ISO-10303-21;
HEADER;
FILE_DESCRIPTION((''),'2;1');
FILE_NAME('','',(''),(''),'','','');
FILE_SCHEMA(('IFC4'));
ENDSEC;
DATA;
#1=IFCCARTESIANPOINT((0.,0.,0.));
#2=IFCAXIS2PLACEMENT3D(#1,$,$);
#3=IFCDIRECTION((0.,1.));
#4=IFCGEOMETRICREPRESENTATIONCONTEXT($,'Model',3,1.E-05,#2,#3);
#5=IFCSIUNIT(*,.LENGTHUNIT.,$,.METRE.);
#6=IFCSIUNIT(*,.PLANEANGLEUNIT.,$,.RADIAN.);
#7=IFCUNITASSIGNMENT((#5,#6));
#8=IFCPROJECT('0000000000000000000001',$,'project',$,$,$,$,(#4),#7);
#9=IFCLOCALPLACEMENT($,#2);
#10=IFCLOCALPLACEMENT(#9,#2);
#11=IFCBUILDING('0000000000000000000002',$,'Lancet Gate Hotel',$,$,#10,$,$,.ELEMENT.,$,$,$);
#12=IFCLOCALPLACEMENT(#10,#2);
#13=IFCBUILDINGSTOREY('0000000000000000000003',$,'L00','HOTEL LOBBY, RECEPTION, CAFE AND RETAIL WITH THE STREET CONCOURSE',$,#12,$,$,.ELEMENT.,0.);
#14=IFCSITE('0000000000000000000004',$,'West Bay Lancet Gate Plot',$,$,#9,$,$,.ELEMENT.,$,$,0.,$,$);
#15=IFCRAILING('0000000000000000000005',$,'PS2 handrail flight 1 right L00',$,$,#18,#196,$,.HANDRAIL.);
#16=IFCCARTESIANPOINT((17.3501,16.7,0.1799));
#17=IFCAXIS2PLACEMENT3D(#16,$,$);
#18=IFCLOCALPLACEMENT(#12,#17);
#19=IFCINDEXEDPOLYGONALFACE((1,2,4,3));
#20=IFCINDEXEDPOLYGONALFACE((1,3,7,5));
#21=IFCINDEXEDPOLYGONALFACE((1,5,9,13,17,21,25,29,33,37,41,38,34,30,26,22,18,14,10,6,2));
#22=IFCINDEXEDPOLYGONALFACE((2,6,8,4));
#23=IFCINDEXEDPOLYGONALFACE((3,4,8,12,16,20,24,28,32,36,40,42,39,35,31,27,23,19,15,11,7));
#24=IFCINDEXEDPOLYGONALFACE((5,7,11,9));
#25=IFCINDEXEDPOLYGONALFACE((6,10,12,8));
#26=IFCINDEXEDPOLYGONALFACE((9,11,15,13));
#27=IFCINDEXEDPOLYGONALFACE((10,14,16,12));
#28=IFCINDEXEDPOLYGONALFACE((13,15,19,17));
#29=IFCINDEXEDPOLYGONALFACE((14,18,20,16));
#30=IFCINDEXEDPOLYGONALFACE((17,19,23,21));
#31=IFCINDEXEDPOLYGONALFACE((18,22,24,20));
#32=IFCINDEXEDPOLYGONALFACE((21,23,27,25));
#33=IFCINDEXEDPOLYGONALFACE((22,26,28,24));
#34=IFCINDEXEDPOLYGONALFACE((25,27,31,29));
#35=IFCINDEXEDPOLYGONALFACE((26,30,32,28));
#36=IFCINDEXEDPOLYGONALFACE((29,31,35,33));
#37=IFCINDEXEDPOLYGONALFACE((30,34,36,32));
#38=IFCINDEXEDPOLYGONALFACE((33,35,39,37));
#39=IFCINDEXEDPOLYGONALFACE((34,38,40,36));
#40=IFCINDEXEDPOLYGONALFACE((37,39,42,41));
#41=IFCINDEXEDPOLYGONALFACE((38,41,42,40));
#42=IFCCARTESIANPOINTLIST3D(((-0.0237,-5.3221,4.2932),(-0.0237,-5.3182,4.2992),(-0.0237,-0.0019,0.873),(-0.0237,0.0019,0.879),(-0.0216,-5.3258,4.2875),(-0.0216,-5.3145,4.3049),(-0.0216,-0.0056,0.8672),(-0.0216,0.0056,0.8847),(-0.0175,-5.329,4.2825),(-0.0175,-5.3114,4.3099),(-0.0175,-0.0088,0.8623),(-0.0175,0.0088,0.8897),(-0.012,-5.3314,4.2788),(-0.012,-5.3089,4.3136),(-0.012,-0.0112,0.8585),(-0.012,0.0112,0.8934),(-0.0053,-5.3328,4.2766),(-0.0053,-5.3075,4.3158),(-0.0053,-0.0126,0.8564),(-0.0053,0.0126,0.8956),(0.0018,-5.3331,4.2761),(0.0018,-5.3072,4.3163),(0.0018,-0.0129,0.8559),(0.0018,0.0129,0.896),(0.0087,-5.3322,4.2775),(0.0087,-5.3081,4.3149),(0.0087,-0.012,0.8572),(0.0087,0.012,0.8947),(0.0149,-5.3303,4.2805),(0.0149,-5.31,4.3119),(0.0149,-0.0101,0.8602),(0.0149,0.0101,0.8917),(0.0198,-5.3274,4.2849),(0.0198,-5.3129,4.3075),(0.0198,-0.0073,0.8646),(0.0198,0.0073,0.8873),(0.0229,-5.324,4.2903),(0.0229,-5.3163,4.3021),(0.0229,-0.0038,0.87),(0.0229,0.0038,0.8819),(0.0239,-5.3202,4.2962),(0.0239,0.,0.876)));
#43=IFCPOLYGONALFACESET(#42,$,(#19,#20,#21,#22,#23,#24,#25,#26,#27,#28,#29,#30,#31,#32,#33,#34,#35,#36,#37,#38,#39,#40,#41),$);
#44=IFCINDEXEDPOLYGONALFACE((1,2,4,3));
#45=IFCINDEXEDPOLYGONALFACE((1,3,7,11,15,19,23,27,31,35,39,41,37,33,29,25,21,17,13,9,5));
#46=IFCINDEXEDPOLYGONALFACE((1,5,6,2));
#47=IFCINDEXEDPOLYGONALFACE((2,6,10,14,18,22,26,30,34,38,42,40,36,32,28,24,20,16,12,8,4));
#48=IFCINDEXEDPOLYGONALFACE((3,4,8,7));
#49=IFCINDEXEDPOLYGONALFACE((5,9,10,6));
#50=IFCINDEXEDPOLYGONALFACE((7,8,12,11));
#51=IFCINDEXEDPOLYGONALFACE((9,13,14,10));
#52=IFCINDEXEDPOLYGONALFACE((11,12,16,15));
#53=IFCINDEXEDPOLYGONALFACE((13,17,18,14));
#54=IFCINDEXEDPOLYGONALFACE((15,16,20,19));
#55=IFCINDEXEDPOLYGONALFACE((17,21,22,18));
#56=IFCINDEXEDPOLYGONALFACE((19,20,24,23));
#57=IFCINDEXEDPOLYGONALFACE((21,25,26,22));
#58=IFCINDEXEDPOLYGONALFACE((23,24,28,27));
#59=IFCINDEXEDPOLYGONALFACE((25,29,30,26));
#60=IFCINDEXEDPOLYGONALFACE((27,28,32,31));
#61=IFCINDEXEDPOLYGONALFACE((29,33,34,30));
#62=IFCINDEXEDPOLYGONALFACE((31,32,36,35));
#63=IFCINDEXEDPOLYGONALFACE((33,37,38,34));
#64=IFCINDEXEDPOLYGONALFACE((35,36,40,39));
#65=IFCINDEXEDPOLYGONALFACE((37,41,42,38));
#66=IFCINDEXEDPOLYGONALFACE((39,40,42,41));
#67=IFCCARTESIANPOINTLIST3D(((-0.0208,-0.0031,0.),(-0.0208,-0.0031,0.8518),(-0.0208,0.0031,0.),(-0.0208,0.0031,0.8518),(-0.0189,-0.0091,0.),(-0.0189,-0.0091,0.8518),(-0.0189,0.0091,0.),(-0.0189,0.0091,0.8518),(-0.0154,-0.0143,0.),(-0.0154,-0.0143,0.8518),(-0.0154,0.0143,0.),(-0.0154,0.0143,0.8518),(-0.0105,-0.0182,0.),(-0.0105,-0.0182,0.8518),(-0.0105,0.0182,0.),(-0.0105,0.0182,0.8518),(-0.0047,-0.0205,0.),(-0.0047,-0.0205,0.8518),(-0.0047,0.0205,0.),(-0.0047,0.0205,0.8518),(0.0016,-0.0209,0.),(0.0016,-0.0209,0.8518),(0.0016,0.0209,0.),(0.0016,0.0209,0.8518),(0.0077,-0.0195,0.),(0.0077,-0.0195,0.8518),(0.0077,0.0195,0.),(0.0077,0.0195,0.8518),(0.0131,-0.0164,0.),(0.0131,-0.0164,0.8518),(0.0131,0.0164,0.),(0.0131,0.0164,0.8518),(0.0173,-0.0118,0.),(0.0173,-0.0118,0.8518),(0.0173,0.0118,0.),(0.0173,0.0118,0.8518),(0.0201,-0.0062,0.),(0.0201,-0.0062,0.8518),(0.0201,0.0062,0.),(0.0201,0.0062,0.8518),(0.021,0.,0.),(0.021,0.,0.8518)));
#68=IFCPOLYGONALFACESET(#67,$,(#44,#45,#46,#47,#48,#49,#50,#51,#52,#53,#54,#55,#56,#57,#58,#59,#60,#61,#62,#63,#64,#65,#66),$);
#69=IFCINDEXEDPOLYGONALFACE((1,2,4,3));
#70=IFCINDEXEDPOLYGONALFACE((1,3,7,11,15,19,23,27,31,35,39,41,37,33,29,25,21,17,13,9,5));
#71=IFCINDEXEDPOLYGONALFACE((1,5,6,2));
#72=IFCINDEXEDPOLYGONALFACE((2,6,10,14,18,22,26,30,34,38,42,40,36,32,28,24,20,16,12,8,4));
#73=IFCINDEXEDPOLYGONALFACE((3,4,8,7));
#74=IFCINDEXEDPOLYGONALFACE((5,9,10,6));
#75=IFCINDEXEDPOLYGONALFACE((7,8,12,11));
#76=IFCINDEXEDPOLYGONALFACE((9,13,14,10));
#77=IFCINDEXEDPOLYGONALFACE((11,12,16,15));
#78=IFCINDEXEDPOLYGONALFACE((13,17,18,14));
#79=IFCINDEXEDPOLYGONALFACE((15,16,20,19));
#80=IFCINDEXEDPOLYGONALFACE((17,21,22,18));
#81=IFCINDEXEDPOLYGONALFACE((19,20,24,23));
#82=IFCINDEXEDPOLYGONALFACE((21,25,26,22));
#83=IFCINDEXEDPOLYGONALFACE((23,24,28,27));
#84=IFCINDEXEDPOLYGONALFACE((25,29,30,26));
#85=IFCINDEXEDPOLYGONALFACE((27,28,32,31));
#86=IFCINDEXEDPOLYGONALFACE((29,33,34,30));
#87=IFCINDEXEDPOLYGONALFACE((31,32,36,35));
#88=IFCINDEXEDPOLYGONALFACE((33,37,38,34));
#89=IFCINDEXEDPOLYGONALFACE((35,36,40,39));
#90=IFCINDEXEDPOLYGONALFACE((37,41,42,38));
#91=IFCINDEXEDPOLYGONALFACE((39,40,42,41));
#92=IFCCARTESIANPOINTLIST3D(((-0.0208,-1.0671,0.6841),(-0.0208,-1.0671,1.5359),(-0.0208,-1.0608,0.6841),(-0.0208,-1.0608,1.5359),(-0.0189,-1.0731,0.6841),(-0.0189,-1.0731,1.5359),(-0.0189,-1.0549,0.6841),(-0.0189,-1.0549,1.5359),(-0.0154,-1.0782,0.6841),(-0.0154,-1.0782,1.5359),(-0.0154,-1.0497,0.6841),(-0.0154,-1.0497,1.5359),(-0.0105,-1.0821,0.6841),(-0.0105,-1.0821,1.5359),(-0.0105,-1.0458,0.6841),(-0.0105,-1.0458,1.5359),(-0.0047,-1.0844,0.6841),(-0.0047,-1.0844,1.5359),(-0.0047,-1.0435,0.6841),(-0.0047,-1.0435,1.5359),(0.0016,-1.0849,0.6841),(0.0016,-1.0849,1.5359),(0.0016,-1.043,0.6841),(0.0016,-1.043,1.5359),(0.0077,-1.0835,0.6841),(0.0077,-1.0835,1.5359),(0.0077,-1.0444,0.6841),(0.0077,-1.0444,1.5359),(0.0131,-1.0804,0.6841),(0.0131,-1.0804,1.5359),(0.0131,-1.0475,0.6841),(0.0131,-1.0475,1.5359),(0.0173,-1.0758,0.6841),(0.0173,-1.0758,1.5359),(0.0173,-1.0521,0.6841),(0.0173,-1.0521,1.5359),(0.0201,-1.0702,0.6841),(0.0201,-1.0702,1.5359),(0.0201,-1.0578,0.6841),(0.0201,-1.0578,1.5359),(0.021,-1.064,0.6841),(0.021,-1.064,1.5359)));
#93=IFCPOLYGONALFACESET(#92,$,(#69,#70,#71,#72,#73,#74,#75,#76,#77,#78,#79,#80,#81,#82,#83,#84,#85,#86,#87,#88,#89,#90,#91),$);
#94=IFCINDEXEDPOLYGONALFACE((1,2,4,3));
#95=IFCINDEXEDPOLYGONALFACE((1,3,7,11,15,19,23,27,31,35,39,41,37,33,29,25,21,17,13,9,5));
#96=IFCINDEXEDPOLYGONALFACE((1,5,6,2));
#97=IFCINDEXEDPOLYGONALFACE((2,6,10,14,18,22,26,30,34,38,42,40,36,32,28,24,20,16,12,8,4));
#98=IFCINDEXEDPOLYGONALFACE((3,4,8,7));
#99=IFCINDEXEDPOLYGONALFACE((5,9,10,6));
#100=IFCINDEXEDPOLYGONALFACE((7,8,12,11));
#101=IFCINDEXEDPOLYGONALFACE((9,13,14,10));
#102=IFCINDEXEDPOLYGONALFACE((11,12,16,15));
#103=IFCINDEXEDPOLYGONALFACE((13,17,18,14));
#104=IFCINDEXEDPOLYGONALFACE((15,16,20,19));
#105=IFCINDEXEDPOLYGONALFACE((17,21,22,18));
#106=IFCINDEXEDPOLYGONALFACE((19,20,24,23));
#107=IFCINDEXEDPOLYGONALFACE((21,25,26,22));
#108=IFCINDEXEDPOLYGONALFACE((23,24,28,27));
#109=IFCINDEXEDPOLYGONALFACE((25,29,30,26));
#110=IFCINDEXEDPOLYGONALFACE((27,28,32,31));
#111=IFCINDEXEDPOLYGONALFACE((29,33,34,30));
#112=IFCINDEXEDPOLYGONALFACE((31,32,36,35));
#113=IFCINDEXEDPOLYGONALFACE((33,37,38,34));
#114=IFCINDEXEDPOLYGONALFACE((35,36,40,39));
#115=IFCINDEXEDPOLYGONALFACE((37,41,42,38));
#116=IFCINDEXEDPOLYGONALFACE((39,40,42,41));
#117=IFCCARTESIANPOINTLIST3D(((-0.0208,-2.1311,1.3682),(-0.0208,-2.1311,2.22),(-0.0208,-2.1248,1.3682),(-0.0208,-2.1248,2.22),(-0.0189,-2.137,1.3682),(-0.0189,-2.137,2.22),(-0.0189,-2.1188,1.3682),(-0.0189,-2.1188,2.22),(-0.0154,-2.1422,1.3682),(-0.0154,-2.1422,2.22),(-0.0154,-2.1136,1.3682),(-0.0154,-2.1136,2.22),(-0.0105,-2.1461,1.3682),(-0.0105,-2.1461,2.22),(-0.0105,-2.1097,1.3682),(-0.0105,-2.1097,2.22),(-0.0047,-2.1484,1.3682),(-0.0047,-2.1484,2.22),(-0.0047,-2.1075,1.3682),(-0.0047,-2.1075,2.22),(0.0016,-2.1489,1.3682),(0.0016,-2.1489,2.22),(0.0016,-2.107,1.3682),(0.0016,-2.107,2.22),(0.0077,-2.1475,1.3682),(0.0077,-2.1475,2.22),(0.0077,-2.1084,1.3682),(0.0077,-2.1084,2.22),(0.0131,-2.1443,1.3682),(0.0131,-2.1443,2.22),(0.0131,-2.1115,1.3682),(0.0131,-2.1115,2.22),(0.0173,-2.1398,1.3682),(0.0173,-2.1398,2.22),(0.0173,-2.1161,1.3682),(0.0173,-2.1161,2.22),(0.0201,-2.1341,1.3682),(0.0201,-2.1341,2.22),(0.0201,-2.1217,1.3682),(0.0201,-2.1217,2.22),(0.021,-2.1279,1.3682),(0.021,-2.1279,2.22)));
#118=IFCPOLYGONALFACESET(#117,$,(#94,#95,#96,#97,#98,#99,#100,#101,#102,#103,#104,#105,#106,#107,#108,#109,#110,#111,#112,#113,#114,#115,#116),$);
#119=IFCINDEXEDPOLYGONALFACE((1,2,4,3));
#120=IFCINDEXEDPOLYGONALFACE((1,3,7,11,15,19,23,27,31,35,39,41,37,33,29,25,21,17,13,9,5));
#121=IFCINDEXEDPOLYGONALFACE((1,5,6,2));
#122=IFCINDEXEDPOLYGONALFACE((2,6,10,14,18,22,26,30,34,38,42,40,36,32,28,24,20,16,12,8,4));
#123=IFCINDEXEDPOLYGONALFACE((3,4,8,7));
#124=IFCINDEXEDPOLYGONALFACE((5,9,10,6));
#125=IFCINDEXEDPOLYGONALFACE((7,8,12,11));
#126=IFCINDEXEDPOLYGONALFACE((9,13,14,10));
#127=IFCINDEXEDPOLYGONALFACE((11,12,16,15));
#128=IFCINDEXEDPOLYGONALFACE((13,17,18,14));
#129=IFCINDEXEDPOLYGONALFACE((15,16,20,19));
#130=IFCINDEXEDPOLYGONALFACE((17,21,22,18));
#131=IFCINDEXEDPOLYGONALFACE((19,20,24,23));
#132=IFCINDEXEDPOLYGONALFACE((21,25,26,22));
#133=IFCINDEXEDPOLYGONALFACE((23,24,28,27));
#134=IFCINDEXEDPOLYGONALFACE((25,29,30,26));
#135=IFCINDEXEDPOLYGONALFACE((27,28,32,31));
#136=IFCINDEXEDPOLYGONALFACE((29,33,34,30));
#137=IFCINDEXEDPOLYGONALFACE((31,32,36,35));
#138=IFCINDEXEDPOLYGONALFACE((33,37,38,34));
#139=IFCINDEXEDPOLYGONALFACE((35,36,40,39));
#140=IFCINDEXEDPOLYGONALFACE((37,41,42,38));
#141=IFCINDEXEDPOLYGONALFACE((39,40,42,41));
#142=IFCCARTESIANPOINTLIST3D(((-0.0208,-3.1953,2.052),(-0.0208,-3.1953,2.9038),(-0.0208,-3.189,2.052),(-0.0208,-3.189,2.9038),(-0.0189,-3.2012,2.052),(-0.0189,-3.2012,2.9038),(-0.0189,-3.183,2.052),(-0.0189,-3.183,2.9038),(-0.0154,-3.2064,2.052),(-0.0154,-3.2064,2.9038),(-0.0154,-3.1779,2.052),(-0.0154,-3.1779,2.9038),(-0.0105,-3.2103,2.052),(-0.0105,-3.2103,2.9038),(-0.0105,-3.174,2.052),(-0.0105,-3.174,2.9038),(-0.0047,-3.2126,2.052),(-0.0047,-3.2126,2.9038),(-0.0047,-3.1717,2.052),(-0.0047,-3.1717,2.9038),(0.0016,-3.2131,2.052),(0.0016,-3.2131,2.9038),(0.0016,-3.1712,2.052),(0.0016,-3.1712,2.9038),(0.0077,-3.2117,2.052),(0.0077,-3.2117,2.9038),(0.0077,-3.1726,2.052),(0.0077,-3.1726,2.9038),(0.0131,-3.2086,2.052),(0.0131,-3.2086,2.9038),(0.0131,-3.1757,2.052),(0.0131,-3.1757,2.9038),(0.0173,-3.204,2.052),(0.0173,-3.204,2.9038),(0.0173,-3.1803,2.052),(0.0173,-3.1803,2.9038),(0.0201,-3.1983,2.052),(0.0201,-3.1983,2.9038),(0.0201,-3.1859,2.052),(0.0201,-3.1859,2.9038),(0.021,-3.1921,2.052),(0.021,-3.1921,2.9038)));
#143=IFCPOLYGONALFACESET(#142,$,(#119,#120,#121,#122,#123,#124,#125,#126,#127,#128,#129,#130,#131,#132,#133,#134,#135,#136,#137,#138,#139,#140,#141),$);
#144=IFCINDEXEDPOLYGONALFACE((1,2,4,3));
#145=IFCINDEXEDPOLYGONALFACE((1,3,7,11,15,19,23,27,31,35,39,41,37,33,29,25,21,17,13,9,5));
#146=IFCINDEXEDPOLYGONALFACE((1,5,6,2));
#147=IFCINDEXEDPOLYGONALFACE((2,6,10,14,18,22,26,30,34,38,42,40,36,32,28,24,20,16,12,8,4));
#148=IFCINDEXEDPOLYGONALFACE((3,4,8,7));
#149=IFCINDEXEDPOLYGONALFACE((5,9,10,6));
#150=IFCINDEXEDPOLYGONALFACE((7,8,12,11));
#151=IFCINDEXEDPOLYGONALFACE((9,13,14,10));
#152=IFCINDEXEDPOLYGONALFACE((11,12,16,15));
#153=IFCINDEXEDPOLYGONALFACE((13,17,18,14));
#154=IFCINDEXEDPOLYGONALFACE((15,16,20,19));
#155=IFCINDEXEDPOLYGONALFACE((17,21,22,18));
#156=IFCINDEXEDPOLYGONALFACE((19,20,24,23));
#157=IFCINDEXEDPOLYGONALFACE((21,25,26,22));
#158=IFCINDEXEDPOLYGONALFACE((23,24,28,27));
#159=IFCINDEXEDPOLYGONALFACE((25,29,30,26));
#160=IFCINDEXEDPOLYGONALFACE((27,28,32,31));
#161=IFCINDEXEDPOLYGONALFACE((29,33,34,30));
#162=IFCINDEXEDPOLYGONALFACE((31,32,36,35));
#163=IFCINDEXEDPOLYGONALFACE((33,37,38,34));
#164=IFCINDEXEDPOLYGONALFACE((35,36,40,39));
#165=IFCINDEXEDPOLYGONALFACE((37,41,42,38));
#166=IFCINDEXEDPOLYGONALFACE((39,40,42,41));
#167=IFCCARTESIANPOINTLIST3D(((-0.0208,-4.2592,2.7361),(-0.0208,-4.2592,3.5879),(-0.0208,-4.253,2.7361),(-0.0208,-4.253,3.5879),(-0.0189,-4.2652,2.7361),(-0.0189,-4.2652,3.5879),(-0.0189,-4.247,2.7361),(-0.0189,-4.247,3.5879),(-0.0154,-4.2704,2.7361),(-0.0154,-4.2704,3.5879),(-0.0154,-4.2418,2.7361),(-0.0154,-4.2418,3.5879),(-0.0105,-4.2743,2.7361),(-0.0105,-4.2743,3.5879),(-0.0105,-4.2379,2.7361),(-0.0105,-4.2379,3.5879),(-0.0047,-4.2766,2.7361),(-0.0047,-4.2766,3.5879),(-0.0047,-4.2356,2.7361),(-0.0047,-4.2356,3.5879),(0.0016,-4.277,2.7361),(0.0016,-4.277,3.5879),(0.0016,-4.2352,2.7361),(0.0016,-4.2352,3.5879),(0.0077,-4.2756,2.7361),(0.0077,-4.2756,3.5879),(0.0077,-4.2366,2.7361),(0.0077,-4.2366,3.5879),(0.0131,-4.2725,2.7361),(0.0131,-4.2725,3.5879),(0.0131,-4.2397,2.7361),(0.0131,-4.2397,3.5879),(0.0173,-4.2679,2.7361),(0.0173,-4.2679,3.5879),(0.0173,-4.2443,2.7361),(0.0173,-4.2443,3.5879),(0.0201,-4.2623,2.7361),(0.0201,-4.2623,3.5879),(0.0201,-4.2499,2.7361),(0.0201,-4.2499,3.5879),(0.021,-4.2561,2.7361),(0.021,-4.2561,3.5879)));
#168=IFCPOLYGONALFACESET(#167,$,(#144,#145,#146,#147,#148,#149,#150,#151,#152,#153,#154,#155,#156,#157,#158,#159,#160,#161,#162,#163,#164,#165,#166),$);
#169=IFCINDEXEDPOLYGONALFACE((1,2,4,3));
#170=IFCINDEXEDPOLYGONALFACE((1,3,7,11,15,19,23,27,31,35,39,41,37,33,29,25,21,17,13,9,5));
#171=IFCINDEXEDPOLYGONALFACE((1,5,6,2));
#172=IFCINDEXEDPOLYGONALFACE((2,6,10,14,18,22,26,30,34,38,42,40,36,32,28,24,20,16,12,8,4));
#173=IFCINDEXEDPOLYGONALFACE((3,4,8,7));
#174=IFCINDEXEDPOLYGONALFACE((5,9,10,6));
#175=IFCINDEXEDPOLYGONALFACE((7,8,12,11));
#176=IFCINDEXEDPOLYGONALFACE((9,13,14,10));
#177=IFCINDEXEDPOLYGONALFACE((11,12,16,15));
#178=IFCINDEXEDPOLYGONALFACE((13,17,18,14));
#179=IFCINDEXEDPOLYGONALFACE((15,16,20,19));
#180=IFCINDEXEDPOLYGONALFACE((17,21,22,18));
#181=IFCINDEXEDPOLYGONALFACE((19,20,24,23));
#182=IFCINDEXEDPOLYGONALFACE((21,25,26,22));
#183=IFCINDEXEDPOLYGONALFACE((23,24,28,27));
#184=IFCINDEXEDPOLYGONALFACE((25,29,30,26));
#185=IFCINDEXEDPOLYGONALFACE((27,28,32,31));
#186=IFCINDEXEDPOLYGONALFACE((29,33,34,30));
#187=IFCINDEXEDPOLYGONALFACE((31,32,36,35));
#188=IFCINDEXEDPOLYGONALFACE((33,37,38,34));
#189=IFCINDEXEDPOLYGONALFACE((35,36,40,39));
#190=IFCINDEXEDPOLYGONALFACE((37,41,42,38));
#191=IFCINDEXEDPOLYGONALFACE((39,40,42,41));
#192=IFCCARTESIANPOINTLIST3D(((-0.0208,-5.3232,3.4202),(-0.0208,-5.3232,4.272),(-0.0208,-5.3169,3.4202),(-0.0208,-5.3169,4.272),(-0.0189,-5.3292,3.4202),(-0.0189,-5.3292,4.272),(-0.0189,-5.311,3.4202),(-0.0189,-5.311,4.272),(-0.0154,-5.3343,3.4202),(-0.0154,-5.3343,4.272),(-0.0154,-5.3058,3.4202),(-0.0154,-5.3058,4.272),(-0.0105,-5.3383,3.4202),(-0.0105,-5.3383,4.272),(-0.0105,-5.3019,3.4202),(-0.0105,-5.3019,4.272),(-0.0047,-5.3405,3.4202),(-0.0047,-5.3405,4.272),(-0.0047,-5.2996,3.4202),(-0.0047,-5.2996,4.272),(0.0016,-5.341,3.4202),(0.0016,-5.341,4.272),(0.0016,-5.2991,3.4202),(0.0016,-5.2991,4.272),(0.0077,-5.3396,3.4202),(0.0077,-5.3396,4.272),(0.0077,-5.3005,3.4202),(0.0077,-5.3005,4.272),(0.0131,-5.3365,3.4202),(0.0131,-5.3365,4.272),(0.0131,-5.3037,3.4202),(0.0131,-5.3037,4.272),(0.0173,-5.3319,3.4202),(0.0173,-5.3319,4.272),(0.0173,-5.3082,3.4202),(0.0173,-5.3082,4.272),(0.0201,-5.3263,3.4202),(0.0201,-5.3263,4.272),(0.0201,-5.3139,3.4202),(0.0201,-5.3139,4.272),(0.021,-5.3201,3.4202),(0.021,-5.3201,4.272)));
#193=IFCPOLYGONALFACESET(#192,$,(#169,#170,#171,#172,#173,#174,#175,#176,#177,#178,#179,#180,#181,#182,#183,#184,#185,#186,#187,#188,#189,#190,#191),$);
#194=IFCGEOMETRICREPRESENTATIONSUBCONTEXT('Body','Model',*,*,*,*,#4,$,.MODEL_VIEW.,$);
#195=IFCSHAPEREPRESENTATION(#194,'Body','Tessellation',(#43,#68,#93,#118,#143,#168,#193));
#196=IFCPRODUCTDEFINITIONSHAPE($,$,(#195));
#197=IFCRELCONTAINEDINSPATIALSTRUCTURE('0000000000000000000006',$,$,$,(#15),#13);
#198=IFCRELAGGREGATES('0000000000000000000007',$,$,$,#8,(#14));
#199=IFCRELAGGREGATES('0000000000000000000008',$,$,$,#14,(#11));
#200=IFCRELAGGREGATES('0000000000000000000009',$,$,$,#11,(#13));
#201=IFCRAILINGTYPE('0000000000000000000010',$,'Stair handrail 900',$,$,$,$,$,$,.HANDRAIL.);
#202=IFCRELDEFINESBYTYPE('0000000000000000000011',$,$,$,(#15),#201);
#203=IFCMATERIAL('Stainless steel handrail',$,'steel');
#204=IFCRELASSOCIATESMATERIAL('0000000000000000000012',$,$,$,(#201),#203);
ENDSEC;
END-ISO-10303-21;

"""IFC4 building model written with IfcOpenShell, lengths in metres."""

from ifc_helpers import new_model, si_unit, direction, frame, origin, origin_2d, place, context, subcontext, project, spatial, circle, extrude, material, type_object, element, save


model = new_model("IFC4")

# Units and contexts
model_context = context("Model", 3, precision=1e-05, world=origin(), true_north=direction((0.0, 1.0)))
body_context = subcontext(model_context, "Body", "Model", "MODEL_VIEW")
ifc_project = project(units=[si_unit("LENGTHUNIT", "METRE"), si_unit("PLANEANGLEUNIT", "RADIAN")], contexts=[model_context])

# Site, building, storey
site_placement = place(None, origin())
site = spatial("IfcSite", under=ifc_project, at=site_placement, Name="West Bay Lancet Gate Plot", CompositionType="ELEMENT", RefElevation=0.0)
building_placement = place(site_placement, origin())
building = spatial("IfcBuilding", under=site, at=building_placement, Name="Lancet Gate Hotel", CompositionType="ELEMENT")
storey_placement = place(building_placement, origin())
storey = spatial("IfcBuildingStorey", under=building, at=storey_placement, Name="L00", Description="HOTEL LOBBY, RECEPTION, CAFE AND RETAIL WITH THE STREET CONCOURSE", CompositionType="ELEMENT", Elevation=0.0)

# Railing
ifc_material_1 = material(Name="Stainless steel handrail", Category="steel")
railing_type_1 = type_object("IfcRailingType", Name="Stair handrail 900", PredefinedType="HANDRAIL", material=ifc_material_1)
for number, where, name in (
    (1, (17.3501, 16.7, 0.1799), "PS2 handrail flight 1 right L00"),
):
    element("IfcRailing", number, at=place(storey_placement, frame(where)), inside=storey, type_object=railing_type_1, Name=name, PredefinedType="HANDRAIL", context=body_context, shape_type="SweptSolid", body=[
        extrude(circle(Radius=0.0239, at=origin_2d()), frame((0.0, 0.0, 0.876), z_axis=(0.0, -0.84117, 0.540771), x_axis=(1.0, 0.0, 0.0)), (0.0, 0.0, 1.0), 6.3247),
        extrude(circle(Radius=0.021, at=origin_2d()), origin(), (0.0, 0.0, 1.0), 0.8518),
        extrude(circle(Radius=0.021, at=origin_2d()), frame((0.0, -1.064, 0.6841)), (0.0, 0.0, 1.0), 0.8518),
        extrude(circle(Radius=0.021, at=origin_2d()), frame((0.0, -2.1279, 1.3682)), (0.0, 0.0, 1.0), 0.8518),
        extrude(circle(Radius=0.021, at=origin_2d()), frame((0.0, -3.1921, 2.052)), (0.0, 0.0, 1.0), 0.8518),
        extrude(circle(Radius=0.021, at=origin_2d()), frame((0.0, -4.2561, 2.7361)), (0.0, 0.0, 1.0), 0.8518),
        extrude(circle(Radius=0.021, at=origin_2d()), frame((0.0, -5.3201, 3.4202)), (0.0, 0.0, 1.0), 0.8518),
    ])

save(model, "model.ifc")
